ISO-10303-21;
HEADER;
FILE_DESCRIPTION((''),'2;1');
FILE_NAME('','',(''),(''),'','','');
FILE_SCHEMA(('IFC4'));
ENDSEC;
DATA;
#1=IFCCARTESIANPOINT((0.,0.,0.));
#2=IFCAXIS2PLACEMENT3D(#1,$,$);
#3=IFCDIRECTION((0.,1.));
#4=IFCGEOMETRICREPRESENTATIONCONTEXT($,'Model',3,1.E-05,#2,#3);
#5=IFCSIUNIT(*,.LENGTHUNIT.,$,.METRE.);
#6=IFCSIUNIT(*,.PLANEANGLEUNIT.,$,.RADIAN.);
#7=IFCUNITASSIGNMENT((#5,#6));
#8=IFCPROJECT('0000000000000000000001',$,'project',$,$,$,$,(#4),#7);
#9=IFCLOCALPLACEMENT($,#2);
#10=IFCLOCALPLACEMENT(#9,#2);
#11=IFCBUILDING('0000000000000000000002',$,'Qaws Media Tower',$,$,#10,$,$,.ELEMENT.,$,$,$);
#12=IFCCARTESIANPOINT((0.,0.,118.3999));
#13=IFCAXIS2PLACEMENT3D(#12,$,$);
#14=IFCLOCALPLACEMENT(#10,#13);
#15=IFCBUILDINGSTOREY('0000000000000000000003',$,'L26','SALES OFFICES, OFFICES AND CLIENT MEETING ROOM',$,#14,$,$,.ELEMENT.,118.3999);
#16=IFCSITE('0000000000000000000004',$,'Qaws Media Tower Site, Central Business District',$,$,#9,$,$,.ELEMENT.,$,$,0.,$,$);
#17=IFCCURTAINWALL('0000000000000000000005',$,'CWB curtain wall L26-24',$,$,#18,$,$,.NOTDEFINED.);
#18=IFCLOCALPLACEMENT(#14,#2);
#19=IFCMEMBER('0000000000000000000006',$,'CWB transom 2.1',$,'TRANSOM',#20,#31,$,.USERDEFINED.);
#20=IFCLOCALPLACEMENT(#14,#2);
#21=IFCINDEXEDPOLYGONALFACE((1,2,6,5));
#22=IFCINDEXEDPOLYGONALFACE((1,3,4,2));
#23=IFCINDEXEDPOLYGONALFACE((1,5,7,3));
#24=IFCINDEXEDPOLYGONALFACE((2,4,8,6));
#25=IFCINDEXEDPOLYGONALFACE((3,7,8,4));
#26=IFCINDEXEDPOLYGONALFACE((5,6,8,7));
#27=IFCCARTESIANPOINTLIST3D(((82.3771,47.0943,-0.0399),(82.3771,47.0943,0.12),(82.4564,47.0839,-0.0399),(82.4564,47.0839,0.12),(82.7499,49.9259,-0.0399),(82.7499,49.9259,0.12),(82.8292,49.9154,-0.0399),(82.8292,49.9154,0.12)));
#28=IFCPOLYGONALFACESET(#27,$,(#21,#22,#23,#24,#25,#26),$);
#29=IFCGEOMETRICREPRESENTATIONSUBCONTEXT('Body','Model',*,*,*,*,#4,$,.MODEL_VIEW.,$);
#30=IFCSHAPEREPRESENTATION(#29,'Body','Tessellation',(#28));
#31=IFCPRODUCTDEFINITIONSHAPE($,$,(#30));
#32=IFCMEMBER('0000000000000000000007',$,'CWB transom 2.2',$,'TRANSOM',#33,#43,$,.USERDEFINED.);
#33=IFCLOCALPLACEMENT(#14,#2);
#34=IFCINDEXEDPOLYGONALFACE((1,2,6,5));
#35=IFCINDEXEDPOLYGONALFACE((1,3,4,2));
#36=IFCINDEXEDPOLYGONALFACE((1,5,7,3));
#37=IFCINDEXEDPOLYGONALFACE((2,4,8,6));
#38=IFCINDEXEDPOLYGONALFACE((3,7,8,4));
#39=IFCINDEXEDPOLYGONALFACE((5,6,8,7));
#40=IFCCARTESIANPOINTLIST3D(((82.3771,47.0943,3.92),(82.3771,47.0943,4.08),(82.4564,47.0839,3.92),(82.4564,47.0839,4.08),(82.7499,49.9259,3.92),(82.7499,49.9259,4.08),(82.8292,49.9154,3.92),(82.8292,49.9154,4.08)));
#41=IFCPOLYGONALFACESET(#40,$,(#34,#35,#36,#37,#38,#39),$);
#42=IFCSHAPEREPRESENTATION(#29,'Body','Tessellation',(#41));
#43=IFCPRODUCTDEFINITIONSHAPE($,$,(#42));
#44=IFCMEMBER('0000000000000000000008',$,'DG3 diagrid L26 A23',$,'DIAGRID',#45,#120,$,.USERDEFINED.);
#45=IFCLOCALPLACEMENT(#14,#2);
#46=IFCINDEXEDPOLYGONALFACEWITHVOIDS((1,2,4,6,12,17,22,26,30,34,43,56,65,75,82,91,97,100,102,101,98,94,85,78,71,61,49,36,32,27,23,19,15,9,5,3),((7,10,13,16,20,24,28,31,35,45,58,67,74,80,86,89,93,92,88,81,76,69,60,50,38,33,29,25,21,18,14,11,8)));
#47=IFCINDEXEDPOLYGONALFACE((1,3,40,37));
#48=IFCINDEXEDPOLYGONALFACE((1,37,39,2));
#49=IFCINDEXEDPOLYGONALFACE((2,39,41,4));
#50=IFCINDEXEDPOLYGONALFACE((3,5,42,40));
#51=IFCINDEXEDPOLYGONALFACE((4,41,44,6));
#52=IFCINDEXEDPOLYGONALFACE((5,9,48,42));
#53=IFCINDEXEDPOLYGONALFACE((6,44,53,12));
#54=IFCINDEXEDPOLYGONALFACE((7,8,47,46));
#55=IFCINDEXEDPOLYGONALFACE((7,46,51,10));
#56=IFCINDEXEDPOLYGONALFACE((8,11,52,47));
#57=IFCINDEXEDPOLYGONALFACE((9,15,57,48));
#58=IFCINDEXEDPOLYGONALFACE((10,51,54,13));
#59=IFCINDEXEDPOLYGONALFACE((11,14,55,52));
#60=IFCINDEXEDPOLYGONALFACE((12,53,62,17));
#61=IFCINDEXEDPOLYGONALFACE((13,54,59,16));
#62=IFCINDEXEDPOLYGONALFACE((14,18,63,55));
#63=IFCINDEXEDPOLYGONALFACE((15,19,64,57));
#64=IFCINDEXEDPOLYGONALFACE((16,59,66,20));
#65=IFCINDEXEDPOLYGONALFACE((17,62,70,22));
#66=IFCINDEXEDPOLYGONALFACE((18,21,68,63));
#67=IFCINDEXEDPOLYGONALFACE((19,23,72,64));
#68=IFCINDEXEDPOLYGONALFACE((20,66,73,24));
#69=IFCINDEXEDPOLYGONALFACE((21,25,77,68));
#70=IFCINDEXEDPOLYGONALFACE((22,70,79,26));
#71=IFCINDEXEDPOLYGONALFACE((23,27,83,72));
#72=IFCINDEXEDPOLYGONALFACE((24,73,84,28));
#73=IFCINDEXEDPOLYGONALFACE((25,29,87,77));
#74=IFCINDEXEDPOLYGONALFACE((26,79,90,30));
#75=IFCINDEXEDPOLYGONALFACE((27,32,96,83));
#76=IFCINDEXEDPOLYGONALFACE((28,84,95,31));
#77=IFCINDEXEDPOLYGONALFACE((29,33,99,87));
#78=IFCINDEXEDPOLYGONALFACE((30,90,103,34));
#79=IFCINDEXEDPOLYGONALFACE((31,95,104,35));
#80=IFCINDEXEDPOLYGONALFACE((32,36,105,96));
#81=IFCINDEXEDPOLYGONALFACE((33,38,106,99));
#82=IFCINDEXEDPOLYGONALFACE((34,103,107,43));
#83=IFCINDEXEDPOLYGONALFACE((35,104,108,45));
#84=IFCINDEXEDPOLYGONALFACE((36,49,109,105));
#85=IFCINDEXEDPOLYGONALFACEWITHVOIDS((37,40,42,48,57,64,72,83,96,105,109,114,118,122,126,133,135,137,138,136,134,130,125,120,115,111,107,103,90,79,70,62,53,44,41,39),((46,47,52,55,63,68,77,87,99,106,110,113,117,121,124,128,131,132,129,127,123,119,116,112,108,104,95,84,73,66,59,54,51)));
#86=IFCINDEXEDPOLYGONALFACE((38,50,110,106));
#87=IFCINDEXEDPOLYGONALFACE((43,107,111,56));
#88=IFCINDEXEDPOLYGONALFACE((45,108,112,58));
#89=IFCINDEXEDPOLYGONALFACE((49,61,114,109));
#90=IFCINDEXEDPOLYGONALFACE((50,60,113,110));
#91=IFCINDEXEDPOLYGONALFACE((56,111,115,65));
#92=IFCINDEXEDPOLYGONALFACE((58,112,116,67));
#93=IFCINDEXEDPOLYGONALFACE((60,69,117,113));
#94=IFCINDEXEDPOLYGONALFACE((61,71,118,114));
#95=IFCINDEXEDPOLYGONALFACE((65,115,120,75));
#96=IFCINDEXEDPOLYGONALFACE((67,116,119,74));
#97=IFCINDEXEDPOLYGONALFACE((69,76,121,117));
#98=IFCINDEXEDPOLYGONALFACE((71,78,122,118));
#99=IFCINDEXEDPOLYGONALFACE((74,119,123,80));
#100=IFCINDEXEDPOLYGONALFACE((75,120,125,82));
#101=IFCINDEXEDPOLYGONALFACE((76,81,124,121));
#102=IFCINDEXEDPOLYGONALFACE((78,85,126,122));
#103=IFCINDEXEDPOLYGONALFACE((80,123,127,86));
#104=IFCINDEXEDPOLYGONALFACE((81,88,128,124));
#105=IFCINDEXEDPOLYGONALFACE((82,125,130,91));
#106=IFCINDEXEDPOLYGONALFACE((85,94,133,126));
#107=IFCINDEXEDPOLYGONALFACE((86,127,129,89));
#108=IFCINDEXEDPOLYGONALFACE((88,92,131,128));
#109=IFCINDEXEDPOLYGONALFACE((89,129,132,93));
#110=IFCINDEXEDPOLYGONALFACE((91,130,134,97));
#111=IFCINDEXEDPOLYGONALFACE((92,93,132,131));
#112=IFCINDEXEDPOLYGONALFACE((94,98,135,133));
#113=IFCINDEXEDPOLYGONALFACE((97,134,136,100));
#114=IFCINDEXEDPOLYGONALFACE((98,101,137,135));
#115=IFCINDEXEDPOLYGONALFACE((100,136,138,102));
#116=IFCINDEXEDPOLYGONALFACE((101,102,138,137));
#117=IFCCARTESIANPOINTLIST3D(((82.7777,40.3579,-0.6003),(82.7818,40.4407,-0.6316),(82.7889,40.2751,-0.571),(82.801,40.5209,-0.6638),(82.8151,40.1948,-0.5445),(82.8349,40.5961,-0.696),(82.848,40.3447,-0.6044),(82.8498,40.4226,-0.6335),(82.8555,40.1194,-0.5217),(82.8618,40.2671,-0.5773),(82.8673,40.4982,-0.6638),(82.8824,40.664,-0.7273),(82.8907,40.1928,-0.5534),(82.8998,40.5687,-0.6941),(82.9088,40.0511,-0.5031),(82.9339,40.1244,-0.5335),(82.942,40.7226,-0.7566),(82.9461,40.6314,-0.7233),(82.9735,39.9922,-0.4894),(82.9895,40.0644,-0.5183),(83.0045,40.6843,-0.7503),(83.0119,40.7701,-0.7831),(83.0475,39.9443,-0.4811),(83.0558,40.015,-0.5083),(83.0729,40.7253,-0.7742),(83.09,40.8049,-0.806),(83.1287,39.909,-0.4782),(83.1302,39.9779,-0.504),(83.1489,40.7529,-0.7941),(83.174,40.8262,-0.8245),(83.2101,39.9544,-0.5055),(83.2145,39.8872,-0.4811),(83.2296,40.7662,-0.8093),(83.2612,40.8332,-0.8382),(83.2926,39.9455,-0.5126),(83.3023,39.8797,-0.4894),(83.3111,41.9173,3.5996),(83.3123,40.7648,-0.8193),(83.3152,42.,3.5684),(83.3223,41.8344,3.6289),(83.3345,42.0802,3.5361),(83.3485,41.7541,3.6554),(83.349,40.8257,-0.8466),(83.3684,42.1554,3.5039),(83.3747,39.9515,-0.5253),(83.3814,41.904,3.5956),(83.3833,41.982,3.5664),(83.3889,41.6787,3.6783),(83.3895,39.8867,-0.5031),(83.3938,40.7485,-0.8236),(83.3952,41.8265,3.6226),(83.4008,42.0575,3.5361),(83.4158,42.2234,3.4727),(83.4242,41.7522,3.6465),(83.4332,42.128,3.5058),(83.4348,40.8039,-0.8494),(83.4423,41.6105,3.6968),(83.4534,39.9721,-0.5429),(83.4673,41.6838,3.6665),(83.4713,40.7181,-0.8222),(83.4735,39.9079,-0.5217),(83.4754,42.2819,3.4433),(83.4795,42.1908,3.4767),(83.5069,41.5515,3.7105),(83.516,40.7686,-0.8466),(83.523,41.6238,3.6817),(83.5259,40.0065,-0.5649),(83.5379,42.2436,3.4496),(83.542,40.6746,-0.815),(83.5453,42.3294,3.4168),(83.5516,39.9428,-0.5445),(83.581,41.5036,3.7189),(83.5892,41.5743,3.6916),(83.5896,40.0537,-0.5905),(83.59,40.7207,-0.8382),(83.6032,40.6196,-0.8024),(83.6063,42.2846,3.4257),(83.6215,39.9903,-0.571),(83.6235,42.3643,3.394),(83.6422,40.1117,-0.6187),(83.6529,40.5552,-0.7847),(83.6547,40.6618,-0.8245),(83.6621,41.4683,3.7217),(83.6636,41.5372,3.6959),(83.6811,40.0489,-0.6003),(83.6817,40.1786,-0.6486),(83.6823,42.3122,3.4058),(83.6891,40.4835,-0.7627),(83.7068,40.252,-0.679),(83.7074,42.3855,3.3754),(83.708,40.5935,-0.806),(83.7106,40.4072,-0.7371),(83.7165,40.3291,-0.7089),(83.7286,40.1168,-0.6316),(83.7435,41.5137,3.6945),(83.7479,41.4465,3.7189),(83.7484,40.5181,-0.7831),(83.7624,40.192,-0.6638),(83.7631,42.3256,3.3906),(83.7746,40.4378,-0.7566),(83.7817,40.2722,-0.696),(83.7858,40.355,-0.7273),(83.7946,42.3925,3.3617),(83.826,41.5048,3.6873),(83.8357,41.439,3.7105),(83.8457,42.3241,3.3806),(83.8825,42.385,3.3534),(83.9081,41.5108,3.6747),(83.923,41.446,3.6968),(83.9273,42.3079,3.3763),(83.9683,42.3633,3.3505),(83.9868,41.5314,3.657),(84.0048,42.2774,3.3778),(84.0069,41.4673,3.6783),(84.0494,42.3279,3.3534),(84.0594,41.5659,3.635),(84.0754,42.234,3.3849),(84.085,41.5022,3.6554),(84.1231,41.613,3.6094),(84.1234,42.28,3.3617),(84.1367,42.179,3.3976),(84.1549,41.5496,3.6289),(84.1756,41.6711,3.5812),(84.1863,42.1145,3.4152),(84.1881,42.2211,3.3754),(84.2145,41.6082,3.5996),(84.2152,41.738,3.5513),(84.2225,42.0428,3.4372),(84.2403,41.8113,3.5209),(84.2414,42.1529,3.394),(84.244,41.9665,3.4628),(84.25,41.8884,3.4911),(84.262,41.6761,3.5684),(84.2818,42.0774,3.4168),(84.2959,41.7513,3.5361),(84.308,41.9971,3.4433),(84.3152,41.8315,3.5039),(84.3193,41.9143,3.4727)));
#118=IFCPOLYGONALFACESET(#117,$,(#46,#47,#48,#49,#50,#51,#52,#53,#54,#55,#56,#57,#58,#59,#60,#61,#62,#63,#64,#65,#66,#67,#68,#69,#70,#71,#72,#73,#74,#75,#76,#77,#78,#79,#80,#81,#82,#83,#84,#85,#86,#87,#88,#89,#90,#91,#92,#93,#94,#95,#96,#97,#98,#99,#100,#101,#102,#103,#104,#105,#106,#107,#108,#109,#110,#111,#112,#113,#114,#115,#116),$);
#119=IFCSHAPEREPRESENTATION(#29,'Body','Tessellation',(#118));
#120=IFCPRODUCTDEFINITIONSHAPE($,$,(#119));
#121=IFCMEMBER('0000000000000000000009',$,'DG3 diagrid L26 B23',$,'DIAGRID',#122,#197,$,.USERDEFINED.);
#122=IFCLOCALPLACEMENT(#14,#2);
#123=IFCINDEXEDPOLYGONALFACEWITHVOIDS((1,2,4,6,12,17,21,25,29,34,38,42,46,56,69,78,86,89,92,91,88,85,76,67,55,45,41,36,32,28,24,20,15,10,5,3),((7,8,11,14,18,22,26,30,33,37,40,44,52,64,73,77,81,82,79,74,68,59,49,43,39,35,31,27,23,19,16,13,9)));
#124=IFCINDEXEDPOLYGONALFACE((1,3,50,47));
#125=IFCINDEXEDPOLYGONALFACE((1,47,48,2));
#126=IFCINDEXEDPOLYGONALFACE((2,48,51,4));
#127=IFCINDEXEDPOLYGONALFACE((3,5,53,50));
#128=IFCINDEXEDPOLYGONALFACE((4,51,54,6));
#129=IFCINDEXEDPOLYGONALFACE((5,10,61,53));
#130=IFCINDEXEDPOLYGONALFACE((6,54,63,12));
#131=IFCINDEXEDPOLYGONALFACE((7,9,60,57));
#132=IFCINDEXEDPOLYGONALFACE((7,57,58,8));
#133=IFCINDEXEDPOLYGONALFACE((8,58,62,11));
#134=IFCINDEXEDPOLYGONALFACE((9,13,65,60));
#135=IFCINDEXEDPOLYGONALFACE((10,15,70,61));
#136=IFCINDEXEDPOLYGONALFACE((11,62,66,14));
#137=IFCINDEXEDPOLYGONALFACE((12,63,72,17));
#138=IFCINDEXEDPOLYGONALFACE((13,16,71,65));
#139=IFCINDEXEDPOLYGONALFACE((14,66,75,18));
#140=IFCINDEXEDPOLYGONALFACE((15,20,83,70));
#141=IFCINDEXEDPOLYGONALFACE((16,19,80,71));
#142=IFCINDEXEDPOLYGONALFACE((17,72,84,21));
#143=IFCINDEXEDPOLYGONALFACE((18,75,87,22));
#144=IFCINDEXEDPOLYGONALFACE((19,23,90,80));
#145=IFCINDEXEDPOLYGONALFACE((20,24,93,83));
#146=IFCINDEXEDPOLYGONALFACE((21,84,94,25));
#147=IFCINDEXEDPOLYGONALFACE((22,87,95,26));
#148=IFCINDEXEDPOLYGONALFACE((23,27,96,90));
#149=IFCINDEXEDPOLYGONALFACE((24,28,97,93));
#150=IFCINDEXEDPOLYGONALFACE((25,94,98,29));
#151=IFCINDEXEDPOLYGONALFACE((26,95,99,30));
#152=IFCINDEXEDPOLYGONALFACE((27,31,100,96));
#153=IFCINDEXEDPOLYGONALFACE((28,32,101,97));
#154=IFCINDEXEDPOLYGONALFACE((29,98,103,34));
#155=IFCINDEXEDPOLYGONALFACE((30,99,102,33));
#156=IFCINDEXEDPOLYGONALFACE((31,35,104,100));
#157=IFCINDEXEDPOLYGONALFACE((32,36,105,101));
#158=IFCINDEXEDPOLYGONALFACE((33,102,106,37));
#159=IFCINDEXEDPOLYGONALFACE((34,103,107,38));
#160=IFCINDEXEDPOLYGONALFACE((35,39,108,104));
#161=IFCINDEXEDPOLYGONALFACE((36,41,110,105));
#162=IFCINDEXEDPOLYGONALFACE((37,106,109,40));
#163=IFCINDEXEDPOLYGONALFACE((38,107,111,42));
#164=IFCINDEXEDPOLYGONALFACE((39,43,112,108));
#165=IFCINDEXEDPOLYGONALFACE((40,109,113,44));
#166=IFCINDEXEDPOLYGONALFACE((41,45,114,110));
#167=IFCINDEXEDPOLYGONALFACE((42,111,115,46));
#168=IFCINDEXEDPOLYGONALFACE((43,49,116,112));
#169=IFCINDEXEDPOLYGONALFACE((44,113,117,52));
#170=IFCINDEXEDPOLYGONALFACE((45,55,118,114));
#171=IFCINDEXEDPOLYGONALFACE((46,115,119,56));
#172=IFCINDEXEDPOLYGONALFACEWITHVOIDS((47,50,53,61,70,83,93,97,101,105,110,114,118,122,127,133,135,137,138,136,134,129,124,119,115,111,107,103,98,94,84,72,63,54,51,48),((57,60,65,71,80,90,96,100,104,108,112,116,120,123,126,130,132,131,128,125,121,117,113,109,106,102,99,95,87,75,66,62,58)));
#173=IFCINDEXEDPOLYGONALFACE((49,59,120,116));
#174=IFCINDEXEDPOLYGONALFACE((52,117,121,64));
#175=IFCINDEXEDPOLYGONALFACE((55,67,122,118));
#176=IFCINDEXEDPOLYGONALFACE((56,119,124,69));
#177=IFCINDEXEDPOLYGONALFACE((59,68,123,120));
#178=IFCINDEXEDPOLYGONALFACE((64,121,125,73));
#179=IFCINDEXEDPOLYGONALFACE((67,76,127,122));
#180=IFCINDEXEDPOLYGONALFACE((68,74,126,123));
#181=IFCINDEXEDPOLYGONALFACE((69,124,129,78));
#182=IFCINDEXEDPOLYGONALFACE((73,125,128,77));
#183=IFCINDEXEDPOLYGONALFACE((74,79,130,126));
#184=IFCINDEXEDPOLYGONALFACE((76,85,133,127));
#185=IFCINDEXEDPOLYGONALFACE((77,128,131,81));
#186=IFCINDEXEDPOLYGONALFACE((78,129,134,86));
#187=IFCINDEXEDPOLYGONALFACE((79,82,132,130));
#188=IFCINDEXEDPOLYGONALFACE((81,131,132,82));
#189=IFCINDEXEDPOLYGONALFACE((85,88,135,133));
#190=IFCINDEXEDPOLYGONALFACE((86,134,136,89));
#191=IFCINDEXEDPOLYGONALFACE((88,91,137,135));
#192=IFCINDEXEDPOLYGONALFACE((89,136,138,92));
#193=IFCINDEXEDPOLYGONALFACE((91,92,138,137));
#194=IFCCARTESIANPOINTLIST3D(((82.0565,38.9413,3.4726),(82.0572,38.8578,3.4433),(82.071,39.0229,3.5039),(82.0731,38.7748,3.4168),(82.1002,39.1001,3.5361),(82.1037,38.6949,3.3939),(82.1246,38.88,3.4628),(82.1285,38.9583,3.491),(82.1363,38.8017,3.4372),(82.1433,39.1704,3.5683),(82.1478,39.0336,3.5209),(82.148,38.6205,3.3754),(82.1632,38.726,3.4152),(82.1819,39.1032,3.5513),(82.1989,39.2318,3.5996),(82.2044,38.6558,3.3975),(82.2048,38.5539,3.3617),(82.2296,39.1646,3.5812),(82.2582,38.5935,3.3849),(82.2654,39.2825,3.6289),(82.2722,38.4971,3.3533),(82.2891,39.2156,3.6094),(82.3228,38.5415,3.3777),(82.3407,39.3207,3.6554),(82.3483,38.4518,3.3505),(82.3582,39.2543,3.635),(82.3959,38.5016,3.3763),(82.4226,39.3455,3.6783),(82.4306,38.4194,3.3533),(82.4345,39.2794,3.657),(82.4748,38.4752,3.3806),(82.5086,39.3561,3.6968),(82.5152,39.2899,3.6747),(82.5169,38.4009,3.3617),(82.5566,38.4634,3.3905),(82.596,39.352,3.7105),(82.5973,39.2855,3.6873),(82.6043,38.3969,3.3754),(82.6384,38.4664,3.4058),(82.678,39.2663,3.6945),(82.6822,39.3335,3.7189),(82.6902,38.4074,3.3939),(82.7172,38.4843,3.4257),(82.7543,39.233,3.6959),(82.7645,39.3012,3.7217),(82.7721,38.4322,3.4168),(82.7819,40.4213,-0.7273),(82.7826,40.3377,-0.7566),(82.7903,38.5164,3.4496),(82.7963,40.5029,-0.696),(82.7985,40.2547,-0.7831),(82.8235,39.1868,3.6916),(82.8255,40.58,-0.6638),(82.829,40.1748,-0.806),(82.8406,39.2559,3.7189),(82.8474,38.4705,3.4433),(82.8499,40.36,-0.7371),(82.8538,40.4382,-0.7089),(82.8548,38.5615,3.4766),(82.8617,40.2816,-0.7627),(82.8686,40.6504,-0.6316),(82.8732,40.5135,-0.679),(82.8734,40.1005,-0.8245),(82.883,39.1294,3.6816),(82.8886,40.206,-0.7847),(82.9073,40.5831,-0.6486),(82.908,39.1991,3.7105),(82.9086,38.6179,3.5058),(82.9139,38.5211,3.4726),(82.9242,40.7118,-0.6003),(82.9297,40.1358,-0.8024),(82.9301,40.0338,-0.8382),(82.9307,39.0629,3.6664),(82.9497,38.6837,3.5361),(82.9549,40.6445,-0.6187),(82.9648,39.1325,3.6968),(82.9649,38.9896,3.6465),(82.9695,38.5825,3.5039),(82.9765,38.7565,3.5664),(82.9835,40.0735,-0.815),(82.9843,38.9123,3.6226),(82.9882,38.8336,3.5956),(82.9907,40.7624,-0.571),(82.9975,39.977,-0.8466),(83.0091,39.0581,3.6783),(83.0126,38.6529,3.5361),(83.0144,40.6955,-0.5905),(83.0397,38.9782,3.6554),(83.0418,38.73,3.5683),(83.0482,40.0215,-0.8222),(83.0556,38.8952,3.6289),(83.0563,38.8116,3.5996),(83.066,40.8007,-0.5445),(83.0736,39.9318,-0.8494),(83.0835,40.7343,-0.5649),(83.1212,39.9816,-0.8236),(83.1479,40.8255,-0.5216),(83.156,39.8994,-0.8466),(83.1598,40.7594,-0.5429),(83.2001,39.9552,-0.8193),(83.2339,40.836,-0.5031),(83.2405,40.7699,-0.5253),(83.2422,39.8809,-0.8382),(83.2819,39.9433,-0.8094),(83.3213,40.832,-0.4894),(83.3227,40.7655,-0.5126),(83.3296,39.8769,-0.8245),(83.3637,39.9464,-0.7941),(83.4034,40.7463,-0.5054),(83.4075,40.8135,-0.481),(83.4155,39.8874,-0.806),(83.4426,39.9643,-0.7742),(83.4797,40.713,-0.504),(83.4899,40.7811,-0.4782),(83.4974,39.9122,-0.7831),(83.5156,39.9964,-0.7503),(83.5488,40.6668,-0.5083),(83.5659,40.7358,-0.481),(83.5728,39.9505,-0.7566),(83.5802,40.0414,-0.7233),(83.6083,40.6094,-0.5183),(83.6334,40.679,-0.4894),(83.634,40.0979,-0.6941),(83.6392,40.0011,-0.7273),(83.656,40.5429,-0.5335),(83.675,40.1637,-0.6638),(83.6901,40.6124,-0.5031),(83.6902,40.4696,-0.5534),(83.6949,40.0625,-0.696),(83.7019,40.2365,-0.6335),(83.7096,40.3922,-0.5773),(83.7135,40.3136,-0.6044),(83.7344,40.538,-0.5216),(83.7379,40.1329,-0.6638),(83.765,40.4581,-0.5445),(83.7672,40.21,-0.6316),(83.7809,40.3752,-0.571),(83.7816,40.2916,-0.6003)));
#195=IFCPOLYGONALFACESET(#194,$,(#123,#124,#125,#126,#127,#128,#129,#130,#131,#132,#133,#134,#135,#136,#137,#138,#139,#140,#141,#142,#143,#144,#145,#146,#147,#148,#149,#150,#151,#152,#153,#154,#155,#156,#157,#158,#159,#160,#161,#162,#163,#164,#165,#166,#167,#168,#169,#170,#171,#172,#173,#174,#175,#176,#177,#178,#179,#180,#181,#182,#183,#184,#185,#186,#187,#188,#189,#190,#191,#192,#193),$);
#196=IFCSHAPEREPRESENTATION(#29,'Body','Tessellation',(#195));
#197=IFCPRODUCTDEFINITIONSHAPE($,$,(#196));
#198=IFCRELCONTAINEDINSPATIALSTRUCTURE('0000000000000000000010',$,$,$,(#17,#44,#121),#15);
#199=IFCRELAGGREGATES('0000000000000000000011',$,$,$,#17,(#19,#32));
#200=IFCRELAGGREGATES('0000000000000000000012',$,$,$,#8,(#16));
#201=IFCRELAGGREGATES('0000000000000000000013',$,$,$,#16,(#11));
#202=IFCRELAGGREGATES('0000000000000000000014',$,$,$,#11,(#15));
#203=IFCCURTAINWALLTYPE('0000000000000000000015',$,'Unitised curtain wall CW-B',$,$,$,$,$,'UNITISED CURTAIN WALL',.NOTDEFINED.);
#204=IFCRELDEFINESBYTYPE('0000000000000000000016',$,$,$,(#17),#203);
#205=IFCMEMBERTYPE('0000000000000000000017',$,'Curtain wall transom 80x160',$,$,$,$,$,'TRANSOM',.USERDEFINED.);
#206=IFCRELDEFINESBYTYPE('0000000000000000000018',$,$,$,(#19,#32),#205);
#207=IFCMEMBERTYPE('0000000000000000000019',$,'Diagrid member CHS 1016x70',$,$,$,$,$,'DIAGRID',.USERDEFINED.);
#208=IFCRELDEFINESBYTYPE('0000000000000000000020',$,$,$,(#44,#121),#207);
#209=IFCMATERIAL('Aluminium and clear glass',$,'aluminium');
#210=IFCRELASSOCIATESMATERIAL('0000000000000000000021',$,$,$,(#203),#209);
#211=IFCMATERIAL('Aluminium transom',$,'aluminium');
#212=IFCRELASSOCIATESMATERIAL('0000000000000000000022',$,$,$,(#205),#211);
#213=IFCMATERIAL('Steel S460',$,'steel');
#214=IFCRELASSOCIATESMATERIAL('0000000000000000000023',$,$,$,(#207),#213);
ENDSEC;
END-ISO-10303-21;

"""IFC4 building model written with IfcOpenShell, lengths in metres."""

from ifc_helpers import new_model, si_unit, direction, frame, origin, origin_2d, place, context, subcontext, project, spatial, rectangle, hollow_circle, extrude, material, material_profile, profile_set, type_object, element, aggregate, save


model = new_model("IFC4")

# Units and contexts
model_context = context("Model", 3, precision=1e-05, world=origin(), true_north=direction((0.0, 1.0)))
body_context = subcontext(model_context, "Body", "Model", "MODEL_VIEW")
ifc_project = project(units=[si_unit("LENGTHUNIT", "METRE"), si_unit("PLANEANGLEUNIT", "RADIAN")], contexts=[model_context])

# Site, building, storey
site_placement = place(None, origin())
site = spatial("IfcSite", under=ifc_project, at=site_placement, Name="Qaws Media Tower Site, Central Business District", CompositionType="ELEMENT", RefElevation=0.0)
building_placement = place(site_placement, origin())
building = spatial("IfcBuilding", under=site, at=building_placement, Name="Qaws Media Tower", CompositionType="ELEMENT")
storey_placement = place(building_placement, frame((0.0, 0.0, 118.3999)))
storey = spatial("IfcBuildingStorey", under=building, at=storey_placement, Name="L26", Description="SALES OFFICES, OFFICES AND CLIENT MEETING ROOM", CompositionType="ELEMENT", Elevation=118.3999)

# Curtain wall
ifc_material_1 = material(Name="Aluminium and clear glass", Category="aluminium")
curtain_wall_type = type_object("IfcCurtainWallType", Name="Unitised curtain wall CW-B", ElementType="UNITISED CURTAIN WALL", PredefinedType="NOTDEFINED", material=ifc_material_1)
curtain_wall_1_placement = place(storey_placement, origin())
curtain_wall_1 = element("IfcCurtainWall", 1, at=curtain_wall_1_placement, inside=storey, type_object=curtain_wall_type, Name="CWB curtain wall L26-24", PredefinedType="NOTDEFINED")

# Members
ifc_material_2 = material(Name="Aluminium transom", Category="aluminium")
ifc_material_profile_1 = material_profile(ifc_material_2, rectangle(XDim=0.0801, YDim=0.1599, at=origin_2d()), Name="80x160")
ifc_profile_set_1 = profile_set([ifc_material_profile_1], Name="Aluminium transom")
member_type_1 = type_object("IfcMemberType", Name="Curtain wall transom 80x160", ElementType="TRANSOM", PredefinedType="USERDEFINED", material=ifc_profile_set_1)
member_1_placement = place(storey_placement, frame((82.4167, 47.0891, 0.04), z_axis=(0.130534, 0.991444, 0.0), x_axis=(-0.991444, 0.130534, 0.0)))
member_1 = element("IfcMember", 2, at=member_1_placement, type_object=member_type_1, Name="CWB transom 2.1", ObjectType="TRANSOM", PredefinedType="USERDEFINED", context=body_context, shape_type="SweptSolid", body=[
    extrude(rectangle(XDim=0.0801, YDim=0.1599, at=origin_2d()), origin(), (0.0, 0.0, 1.0), 2.856),
])
member_2_placement = place(storey_placement, frame((82.4167, 47.0891, 4.0), z_axis=(0.130534, 0.991444, 0.0), x_axis=(-0.991444, 0.130534, 0.0)))
member_2 = element("IfcMember", 3, at=member_2_placement, type_object=member_type_1, Name="CWB transom 2.2", ObjectType="TRANSOM", PredefinedType="USERDEFINED", context=body_context, shape_type="SweptSolid", body=[
    extrude(rectangle(XDim=0.0801, YDim=0.1599, at=origin_2d()), origin(), (0.0, 0.0, 1.0), 2.856),
])

# Members
ifc_material_3 = material(Name="Steel S460", Category="steel")
ifc_material_profile_2 = material_profile(ifc_material_3, hollow_circle(Radius=0.5081, WallThickness=0.0701, at=origin_2d()), Name="CHS 1016x70")
ifc_profile_set_2 = profile_set([ifc_material_profile_2], Name="Steel S460")
member_type_2 = type_object("IfcMemberType", Name="Diagrid member CHS 1016x70", ElementType="DIAGRID", PredefinedType="USERDEFINED", material=ifc_profile_set_2)
for number, where, z_axis, x_axis, name in (
    (4, (83.2817, 40.3564, -0.6638), (0.118236, 0.345616, 0.930897), (-0.946165, 0.323684, 0.0), "DG3 diagrid L26 A23"),
    (5, (83.2817, 40.3564, -0.6638), (-0.160767, -0.328027, 0.930888), (0.897954, -0.440089, 0.0), "DG3 diagrid L26 B23"),
):
    element("IfcMember", number, at=place(storey_placement, frame(where, z_axis=z_axis, x_axis=x_axis)), inside=storey, type_object=member_type_2, Name=name, ObjectType="DIAGRID", PredefinedType="USERDEFINED", context=body_context, shape_type="SweptSolid", body=[
        extrude(hollow_circle(Radius=0.5081, WallThickness=0.0701, at=origin_2d()), origin(), (0.0, 0.0, 1.0), 4.5117),
    ])

aggregate(curtain_wall_1, [member_1, member_2])

save(model, "model.ifc")
